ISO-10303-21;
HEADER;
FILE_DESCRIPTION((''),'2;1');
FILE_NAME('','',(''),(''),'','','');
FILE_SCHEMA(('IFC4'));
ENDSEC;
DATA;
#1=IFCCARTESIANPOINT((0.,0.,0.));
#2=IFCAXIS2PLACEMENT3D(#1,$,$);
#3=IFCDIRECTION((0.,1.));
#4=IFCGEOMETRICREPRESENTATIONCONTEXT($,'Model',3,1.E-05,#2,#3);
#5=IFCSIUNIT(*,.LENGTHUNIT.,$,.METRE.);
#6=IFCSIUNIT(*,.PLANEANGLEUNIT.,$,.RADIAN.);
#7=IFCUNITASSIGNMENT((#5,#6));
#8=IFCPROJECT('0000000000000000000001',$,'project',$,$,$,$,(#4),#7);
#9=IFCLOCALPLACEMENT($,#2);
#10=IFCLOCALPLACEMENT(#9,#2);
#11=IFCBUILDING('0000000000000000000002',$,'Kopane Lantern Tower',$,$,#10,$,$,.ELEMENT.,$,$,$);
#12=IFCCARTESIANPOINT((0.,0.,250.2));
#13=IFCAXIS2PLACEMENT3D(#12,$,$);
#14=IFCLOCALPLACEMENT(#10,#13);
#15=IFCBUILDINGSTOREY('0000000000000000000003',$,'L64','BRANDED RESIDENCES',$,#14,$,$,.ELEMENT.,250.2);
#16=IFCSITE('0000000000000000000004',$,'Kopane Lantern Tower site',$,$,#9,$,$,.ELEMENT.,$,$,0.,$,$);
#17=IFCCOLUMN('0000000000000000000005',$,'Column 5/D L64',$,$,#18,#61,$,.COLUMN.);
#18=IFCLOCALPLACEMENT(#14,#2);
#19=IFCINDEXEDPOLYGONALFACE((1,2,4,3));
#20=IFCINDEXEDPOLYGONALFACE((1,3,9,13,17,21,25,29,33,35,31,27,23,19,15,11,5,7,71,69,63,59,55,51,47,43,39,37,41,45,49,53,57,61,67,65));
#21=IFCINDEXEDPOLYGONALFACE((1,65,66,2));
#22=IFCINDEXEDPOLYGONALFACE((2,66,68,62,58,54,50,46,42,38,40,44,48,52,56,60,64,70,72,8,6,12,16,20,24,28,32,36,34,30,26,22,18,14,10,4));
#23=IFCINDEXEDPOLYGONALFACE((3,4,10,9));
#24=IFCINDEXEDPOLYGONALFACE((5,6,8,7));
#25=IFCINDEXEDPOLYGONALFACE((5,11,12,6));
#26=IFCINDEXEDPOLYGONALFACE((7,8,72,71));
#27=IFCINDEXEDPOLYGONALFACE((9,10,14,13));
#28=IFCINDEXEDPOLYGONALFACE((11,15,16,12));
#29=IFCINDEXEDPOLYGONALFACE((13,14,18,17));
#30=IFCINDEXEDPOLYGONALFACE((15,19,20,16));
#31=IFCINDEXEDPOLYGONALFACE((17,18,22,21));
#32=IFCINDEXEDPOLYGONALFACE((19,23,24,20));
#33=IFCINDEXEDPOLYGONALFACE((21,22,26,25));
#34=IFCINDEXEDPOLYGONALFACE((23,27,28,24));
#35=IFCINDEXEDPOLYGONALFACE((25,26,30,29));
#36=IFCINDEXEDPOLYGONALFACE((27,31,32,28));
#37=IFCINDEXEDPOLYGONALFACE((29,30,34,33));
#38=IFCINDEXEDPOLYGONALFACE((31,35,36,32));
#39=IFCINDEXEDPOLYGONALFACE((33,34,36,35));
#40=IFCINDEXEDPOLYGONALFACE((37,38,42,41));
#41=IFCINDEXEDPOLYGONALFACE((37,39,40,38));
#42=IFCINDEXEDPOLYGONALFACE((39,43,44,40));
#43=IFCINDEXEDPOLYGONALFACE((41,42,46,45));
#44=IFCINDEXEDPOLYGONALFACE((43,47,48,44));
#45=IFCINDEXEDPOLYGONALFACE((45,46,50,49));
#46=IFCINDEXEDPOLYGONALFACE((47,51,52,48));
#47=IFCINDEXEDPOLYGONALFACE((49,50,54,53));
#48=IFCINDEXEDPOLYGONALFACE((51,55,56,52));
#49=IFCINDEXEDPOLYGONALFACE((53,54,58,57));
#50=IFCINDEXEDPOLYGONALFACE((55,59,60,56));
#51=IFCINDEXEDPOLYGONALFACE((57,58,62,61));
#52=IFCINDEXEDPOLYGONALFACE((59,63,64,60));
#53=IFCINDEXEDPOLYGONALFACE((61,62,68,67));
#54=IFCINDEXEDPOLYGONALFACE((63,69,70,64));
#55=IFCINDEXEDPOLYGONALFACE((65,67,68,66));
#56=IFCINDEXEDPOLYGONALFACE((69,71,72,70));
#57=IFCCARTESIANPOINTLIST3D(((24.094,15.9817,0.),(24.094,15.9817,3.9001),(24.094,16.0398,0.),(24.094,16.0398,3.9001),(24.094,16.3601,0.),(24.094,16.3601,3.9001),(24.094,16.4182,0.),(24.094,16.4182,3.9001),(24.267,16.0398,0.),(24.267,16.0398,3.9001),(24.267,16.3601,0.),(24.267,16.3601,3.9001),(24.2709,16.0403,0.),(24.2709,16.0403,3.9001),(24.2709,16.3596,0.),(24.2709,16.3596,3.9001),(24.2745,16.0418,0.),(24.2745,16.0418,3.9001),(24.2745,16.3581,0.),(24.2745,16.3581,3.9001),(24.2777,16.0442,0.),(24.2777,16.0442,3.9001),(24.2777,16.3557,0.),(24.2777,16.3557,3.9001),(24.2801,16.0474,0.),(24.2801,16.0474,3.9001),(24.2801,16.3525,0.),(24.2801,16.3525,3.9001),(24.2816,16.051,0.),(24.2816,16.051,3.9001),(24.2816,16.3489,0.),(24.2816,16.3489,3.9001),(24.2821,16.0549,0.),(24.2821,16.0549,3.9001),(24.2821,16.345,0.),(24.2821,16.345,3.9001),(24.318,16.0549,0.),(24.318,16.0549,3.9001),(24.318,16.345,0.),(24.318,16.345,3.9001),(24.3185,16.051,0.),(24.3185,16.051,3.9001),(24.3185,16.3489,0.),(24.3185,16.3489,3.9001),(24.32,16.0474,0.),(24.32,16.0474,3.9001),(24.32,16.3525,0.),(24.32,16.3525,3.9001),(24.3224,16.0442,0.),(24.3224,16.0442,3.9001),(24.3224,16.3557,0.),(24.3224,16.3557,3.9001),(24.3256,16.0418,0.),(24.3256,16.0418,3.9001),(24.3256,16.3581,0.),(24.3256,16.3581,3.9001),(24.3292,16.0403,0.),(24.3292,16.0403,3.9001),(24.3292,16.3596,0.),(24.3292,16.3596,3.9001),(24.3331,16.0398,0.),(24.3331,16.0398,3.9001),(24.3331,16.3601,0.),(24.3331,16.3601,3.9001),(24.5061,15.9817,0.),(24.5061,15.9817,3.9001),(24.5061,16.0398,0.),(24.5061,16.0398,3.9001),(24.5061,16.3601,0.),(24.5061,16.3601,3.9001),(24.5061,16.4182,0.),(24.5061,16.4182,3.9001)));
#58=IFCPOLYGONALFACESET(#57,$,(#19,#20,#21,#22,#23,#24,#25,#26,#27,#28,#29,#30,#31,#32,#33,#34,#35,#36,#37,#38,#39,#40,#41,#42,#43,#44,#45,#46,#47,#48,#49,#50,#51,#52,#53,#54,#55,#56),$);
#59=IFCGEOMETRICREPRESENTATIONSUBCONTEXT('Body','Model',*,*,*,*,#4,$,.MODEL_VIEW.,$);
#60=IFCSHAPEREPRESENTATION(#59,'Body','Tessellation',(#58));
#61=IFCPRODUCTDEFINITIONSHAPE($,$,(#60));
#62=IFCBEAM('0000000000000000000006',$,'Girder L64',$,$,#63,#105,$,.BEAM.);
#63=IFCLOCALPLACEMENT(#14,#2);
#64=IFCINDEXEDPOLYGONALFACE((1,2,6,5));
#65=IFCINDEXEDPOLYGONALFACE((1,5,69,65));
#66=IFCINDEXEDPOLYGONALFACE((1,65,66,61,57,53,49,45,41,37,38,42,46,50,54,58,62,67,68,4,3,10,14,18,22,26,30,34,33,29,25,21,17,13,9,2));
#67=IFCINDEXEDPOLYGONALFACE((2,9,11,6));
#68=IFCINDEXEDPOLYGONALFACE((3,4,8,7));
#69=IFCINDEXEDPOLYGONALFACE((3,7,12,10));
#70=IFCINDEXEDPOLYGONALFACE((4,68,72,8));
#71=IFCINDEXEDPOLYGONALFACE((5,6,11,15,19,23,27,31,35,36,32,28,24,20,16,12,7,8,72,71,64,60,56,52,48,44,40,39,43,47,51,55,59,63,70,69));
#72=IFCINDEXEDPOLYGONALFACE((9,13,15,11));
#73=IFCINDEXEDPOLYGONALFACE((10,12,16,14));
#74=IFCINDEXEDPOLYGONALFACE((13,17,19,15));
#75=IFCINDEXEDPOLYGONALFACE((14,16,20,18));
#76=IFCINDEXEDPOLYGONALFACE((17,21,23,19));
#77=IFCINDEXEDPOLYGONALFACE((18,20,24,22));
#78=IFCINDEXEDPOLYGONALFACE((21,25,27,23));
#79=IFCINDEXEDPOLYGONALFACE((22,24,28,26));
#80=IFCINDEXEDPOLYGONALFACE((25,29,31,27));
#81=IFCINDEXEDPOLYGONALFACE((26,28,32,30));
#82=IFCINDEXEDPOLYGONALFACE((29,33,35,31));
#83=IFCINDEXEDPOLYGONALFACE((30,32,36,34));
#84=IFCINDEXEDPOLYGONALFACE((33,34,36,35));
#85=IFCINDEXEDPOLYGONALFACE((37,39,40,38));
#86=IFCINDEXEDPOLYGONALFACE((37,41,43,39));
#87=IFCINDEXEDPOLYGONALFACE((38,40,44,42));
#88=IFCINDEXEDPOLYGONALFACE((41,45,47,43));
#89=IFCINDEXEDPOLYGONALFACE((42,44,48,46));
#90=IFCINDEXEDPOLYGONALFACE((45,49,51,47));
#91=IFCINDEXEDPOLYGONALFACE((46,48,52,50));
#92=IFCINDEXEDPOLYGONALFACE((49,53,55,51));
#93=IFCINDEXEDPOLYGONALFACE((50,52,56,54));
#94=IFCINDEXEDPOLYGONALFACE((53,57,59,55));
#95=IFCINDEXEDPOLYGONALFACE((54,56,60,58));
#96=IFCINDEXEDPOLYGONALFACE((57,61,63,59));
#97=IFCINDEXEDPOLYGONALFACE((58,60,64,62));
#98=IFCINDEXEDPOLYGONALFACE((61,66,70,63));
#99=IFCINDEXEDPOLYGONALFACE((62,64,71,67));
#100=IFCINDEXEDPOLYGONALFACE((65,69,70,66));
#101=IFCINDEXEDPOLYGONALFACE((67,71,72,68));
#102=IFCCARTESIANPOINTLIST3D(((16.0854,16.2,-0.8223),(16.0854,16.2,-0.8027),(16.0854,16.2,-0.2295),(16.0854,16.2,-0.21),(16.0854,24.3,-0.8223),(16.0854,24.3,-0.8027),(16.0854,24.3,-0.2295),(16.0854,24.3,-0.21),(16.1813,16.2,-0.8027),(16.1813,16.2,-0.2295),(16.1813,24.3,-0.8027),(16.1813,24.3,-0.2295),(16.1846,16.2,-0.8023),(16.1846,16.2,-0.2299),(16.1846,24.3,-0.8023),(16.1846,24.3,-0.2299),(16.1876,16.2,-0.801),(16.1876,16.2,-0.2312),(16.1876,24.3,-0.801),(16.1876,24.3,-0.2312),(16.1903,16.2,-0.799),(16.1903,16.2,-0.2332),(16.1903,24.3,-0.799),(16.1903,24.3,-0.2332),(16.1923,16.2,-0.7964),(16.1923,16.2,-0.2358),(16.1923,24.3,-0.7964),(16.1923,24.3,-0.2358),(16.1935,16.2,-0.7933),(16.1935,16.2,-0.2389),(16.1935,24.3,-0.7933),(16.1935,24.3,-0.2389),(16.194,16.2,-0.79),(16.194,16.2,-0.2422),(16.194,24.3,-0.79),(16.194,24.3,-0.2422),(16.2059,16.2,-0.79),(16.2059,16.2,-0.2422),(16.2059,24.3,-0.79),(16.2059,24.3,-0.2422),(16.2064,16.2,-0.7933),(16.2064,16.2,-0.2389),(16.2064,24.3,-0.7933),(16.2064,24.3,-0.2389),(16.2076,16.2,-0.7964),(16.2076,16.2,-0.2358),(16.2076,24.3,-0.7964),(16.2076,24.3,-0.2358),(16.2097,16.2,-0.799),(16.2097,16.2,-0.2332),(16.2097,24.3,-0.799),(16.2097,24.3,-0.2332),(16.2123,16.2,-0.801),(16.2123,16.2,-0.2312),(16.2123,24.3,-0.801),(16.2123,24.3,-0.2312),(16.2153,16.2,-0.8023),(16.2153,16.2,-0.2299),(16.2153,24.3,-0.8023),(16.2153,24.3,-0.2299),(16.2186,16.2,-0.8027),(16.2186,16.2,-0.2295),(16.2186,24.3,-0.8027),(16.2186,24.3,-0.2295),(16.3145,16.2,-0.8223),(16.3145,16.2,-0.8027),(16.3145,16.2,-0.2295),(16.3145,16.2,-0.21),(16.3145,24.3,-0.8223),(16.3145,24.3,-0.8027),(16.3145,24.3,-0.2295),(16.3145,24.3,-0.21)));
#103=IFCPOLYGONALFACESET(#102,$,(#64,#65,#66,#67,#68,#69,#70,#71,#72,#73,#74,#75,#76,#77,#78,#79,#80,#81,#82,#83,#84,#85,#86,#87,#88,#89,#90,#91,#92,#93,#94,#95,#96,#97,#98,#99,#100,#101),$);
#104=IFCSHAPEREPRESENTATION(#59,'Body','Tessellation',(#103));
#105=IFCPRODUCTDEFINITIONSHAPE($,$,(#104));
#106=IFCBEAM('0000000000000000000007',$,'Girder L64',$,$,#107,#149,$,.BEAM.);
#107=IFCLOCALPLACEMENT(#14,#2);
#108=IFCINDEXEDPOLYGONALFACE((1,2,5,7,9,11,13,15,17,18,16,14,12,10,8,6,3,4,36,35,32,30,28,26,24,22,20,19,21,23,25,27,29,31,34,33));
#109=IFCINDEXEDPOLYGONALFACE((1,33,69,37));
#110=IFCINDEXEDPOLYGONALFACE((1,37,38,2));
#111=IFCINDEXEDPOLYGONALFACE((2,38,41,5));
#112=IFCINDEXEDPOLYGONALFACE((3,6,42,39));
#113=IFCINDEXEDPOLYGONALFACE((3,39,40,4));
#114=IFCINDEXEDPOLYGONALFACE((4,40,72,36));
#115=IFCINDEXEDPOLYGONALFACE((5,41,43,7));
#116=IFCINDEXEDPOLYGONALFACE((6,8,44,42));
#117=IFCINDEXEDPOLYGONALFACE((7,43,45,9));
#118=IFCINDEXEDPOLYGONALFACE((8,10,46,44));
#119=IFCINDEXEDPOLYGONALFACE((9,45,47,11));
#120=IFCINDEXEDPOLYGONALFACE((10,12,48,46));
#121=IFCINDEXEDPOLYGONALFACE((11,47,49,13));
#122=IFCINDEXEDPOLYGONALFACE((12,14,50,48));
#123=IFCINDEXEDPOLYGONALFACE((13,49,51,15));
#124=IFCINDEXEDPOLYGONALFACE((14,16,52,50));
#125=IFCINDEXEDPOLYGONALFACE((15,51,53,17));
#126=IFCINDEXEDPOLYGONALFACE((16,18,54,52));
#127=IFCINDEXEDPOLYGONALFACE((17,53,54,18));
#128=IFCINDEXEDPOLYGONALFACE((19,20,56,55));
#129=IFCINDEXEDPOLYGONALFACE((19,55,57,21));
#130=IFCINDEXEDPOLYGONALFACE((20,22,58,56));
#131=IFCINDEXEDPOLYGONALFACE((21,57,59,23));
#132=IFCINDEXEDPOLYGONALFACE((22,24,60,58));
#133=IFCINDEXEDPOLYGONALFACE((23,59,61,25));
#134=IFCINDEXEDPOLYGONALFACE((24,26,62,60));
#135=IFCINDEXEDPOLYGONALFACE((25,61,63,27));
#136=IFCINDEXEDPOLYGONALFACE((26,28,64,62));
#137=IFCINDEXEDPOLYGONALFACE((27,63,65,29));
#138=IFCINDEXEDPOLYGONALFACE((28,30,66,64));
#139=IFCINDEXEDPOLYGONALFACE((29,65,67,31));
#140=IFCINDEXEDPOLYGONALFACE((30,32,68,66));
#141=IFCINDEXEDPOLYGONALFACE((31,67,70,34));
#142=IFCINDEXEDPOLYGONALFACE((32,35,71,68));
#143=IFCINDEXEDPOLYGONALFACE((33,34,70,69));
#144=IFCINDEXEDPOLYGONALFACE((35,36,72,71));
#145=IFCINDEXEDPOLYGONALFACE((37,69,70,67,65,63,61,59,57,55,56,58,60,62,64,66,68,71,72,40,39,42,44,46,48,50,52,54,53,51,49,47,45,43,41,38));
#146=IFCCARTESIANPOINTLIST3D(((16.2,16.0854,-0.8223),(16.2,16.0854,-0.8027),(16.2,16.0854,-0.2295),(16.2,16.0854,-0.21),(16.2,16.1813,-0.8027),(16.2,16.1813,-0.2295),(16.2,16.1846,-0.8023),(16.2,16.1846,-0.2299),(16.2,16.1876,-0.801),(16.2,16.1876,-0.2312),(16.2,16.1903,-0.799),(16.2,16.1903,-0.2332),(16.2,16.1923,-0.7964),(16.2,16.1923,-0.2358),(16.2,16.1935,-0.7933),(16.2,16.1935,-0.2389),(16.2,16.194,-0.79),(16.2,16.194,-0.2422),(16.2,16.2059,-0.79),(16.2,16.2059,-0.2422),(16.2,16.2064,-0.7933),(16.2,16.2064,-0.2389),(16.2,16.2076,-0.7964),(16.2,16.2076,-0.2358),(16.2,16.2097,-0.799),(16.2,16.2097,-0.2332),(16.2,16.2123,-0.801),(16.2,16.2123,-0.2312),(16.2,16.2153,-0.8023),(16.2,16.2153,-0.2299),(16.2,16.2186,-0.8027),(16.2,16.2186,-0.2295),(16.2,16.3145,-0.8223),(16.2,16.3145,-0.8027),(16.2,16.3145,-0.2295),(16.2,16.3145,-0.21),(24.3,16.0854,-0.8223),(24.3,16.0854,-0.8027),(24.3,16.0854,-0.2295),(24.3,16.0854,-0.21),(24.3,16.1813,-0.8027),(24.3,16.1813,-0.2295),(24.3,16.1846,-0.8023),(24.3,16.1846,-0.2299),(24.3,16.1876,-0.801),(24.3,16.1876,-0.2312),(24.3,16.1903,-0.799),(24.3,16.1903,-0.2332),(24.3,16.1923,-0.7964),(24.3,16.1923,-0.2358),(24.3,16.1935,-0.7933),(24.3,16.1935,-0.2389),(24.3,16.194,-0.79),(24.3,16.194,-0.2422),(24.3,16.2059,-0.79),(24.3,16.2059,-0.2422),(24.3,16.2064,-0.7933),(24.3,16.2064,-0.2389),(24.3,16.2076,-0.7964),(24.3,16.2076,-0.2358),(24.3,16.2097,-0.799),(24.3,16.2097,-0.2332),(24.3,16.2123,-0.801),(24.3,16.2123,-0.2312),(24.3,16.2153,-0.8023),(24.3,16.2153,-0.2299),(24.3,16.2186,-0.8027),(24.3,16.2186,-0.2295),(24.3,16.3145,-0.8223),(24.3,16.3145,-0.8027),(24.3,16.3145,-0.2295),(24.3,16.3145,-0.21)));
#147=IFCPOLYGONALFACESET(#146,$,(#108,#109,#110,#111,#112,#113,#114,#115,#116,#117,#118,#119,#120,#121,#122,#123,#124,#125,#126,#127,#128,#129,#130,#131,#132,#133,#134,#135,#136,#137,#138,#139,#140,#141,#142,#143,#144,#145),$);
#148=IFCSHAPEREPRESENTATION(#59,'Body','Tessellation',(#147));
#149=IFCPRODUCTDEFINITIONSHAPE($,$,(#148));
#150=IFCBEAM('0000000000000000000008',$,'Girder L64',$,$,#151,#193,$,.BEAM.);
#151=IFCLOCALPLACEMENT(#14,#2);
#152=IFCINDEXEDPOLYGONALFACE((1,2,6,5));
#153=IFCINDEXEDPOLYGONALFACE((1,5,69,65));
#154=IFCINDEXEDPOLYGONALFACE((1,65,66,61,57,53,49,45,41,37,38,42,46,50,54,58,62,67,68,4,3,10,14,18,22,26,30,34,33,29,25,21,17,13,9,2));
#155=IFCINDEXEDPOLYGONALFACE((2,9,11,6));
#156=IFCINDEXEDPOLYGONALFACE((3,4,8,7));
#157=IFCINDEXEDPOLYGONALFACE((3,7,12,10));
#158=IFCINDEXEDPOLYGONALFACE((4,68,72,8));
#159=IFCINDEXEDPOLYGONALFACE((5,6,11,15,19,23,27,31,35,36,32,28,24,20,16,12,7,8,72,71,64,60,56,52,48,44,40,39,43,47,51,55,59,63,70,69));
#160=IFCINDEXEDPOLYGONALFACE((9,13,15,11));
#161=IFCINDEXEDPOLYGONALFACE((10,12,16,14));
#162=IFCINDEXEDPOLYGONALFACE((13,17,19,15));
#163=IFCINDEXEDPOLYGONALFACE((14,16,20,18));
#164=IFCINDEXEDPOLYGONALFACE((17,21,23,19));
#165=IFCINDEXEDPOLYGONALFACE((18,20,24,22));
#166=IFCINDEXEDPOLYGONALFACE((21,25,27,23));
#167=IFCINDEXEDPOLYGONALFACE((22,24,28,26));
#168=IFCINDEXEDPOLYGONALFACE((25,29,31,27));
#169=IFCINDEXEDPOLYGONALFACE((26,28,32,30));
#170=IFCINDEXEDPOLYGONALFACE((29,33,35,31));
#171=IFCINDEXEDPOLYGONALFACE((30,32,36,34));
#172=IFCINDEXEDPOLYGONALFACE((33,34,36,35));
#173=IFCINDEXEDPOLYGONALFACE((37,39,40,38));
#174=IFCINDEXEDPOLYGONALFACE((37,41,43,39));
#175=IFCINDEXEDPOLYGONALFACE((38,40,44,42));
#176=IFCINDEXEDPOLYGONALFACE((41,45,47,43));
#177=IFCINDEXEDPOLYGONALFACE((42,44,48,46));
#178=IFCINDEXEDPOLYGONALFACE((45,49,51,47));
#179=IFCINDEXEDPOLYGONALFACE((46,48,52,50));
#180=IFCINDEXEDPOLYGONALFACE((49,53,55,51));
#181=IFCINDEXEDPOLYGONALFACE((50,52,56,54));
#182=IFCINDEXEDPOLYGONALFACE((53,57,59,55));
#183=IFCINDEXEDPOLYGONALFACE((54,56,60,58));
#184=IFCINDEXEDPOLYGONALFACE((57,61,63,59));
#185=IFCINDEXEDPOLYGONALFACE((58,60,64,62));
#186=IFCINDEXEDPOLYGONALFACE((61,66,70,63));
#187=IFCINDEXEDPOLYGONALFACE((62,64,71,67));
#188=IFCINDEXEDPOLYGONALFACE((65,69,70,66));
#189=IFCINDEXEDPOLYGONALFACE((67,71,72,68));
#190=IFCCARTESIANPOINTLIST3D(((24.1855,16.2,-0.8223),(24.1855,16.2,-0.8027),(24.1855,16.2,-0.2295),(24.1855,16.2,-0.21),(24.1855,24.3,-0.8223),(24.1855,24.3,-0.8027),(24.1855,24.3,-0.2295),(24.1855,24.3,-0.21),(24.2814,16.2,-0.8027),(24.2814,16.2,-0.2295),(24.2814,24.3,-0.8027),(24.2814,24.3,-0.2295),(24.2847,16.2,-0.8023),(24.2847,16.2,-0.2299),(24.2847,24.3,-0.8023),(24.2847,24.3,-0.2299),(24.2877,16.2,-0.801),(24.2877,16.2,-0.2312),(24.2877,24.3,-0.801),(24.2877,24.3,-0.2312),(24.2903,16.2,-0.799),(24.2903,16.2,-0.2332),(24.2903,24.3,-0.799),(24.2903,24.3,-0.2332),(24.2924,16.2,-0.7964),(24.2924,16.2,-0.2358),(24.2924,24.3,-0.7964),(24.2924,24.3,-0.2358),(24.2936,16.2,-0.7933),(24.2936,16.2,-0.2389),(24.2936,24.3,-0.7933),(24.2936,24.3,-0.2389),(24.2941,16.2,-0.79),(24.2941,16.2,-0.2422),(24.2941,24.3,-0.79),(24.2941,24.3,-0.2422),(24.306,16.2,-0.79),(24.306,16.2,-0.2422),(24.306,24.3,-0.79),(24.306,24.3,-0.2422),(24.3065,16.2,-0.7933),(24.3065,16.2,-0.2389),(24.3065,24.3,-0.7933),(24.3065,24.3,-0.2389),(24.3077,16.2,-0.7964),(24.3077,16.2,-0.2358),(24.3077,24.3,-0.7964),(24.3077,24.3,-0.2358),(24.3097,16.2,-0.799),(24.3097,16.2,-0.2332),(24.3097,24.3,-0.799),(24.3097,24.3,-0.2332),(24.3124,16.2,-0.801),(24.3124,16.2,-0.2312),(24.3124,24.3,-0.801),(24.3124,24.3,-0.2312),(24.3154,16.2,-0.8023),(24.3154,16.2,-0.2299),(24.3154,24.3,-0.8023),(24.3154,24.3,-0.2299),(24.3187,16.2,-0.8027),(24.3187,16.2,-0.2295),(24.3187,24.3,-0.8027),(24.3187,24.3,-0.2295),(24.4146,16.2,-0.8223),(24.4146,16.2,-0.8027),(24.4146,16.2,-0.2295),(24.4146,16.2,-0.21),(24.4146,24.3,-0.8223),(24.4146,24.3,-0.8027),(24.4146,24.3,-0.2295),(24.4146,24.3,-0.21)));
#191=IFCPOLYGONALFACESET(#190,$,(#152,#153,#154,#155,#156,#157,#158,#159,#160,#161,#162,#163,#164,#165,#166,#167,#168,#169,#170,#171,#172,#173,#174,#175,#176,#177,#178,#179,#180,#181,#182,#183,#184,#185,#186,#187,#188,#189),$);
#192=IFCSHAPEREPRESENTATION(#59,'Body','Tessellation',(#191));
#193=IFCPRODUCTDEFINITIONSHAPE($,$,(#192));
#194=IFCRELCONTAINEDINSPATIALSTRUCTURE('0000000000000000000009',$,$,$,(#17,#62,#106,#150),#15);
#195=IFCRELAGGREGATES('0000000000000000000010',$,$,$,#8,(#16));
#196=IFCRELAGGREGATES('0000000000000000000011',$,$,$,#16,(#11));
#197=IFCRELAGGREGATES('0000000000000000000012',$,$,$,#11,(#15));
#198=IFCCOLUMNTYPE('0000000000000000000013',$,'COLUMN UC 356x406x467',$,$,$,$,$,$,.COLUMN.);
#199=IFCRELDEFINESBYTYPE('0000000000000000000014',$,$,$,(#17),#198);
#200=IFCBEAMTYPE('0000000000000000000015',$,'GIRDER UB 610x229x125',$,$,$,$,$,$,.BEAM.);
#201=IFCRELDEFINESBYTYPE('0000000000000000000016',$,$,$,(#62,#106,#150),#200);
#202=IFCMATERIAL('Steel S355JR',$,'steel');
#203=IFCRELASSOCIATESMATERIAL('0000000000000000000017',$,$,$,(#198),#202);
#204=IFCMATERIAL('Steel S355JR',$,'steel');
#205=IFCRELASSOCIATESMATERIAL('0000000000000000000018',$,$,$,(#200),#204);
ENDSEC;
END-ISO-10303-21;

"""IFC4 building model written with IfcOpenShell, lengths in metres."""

from ifc_helpers import new_model, si_unit, direction, frame, origin, origin_2d, place, context, subcontext, project, spatial, i_section, extrude, material, material_profile, profile_set, type_object, element, save


model = new_model("IFC4")

# Units and contexts
model_context = context("Model", 3, precision=1e-05, world=origin(), true_north=direction((0.0, 1.0)))
body_context = subcontext(model_context, "Body", "Model", "MODEL_VIEW")
ifc_project = project(units=[si_unit("LENGTHUNIT", "METRE"), si_unit("PLANEANGLEUNIT", "RADIAN")], contexts=[model_context])

# Site, building, storey
site_placement = place(None, origin())
site = spatial("IfcSite", under=ifc_project, at=site_placement, Name="Kopane Lantern Tower site", CompositionType="ELEMENT", RefElevation=0.0)
building_placement = place(site_placement, origin())
building = spatial("IfcBuilding", under=site, at=building_placement, Name="Kopane Lantern Tower", CompositionType="ELEMENT")
storey_placement = place(building_placement, frame((0.0, 0.0, 250.2)))
storey = spatial("IfcBuildingStorey", under=building, at=storey_placement, Name="L64", Description="BRANDED RESIDENCES", CompositionType="ELEMENT", Elevation=250.2)

# Column
ifc_material_1 = material(Name="Steel S355JR", Category="steel")
ifc_material_profile_1 = material_profile(ifc_material_1, i_section(OverallWidth=0.4121, OverallDepth=0.4365, WebThickness=0.0359, FlangeThickness=0.0581, FilletRadius=0.0151, at=origin_2d()), Name="UC 356x406x467")
ifc_profile_set_1 = profile_set([ifc_material_profile_1], Name="Steel S355JR")
column_type = type_object("IfcColumnType", Name="COLUMN UC 356x406x467", PredefinedType="COLUMN", material=ifc_profile_set_1)
column_placement = place(storey_placement, frame((24.3, 16.2, 0.0), z_axis=(0.0, 0.0, 1.0), x_axis=(1.0, 0.0, 0.0)))
element("IfcColumn", 1, at=column_placement, inside=storey, type_object=column_type, Name="Column 5/D L64", PredefinedType="COLUMN", context=body_context, shape_type="SweptSolid", body=[
    extrude(i_section(OverallWidth=0.4121, OverallDepth=0.4365, WebThickness=0.0359, FlangeThickness=0.0581, FilletRadius=0.0151, at=origin_2d()), origin(), (0.0, 0.0, 1.0), 3.9001),
])

# Beams
ifc_material_2 = material(Name="Steel S355JR", Category="steel")
ifc_material_profile_2 = material_profile(ifc_material_2, i_section(OverallWidth=0.229, OverallDepth=0.6123, WebThickness=0.012, FlangeThickness=0.0195, FilletRadius=0.0127, at=origin_2d()), Name="UB 610x229x125")
ifc_profile_set_2 = profile_set([ifc_material_profile_2], Name="Steel S355JR")
beam_type = type_object("IfcBeamType", Name="GIRDER UB 610x229x125", PredefinedType="BEAM", material=ifc_profile_set_2)
for number, where, z_axis, x_axis, name in (
    (2, (16.2, 16.2, -0.5161), (0.0, 1.0, 0.0), (-1.0, 0.0, 0.0), "Girder L64"),
    (3, (16.2, 16.2, -0.5161), (1.0, 0.0, 0.0), (0.0, 1.0, 0.0), "Girder L64"),
    (4, (24.3, 16.2, -0.5161), (0.0, 1.0, 0.0), (-1.0, 0.0, 0.0), "Girder L64"),
):
    element("IfcBeam", number, at=place(storey_placement, frame(where, z_axis=z_axis, x_axis=x_axis)), inside=storey, type_object=beam_type, Name=name, PredefinedType="BEAM", context=body_context, shape_type="SweptSolid", body=[
        extrude(i_section(OverallWidth=0.229, OverallDepth=0.6123, WebThickness=0.012, FlangeThickness=0.0195, FilletRadius=0.0127, at=origin_2d()), origin(), (0.0, 0.0, 1.0), 8.1001),
    ])

save(model, "model.ifc")
